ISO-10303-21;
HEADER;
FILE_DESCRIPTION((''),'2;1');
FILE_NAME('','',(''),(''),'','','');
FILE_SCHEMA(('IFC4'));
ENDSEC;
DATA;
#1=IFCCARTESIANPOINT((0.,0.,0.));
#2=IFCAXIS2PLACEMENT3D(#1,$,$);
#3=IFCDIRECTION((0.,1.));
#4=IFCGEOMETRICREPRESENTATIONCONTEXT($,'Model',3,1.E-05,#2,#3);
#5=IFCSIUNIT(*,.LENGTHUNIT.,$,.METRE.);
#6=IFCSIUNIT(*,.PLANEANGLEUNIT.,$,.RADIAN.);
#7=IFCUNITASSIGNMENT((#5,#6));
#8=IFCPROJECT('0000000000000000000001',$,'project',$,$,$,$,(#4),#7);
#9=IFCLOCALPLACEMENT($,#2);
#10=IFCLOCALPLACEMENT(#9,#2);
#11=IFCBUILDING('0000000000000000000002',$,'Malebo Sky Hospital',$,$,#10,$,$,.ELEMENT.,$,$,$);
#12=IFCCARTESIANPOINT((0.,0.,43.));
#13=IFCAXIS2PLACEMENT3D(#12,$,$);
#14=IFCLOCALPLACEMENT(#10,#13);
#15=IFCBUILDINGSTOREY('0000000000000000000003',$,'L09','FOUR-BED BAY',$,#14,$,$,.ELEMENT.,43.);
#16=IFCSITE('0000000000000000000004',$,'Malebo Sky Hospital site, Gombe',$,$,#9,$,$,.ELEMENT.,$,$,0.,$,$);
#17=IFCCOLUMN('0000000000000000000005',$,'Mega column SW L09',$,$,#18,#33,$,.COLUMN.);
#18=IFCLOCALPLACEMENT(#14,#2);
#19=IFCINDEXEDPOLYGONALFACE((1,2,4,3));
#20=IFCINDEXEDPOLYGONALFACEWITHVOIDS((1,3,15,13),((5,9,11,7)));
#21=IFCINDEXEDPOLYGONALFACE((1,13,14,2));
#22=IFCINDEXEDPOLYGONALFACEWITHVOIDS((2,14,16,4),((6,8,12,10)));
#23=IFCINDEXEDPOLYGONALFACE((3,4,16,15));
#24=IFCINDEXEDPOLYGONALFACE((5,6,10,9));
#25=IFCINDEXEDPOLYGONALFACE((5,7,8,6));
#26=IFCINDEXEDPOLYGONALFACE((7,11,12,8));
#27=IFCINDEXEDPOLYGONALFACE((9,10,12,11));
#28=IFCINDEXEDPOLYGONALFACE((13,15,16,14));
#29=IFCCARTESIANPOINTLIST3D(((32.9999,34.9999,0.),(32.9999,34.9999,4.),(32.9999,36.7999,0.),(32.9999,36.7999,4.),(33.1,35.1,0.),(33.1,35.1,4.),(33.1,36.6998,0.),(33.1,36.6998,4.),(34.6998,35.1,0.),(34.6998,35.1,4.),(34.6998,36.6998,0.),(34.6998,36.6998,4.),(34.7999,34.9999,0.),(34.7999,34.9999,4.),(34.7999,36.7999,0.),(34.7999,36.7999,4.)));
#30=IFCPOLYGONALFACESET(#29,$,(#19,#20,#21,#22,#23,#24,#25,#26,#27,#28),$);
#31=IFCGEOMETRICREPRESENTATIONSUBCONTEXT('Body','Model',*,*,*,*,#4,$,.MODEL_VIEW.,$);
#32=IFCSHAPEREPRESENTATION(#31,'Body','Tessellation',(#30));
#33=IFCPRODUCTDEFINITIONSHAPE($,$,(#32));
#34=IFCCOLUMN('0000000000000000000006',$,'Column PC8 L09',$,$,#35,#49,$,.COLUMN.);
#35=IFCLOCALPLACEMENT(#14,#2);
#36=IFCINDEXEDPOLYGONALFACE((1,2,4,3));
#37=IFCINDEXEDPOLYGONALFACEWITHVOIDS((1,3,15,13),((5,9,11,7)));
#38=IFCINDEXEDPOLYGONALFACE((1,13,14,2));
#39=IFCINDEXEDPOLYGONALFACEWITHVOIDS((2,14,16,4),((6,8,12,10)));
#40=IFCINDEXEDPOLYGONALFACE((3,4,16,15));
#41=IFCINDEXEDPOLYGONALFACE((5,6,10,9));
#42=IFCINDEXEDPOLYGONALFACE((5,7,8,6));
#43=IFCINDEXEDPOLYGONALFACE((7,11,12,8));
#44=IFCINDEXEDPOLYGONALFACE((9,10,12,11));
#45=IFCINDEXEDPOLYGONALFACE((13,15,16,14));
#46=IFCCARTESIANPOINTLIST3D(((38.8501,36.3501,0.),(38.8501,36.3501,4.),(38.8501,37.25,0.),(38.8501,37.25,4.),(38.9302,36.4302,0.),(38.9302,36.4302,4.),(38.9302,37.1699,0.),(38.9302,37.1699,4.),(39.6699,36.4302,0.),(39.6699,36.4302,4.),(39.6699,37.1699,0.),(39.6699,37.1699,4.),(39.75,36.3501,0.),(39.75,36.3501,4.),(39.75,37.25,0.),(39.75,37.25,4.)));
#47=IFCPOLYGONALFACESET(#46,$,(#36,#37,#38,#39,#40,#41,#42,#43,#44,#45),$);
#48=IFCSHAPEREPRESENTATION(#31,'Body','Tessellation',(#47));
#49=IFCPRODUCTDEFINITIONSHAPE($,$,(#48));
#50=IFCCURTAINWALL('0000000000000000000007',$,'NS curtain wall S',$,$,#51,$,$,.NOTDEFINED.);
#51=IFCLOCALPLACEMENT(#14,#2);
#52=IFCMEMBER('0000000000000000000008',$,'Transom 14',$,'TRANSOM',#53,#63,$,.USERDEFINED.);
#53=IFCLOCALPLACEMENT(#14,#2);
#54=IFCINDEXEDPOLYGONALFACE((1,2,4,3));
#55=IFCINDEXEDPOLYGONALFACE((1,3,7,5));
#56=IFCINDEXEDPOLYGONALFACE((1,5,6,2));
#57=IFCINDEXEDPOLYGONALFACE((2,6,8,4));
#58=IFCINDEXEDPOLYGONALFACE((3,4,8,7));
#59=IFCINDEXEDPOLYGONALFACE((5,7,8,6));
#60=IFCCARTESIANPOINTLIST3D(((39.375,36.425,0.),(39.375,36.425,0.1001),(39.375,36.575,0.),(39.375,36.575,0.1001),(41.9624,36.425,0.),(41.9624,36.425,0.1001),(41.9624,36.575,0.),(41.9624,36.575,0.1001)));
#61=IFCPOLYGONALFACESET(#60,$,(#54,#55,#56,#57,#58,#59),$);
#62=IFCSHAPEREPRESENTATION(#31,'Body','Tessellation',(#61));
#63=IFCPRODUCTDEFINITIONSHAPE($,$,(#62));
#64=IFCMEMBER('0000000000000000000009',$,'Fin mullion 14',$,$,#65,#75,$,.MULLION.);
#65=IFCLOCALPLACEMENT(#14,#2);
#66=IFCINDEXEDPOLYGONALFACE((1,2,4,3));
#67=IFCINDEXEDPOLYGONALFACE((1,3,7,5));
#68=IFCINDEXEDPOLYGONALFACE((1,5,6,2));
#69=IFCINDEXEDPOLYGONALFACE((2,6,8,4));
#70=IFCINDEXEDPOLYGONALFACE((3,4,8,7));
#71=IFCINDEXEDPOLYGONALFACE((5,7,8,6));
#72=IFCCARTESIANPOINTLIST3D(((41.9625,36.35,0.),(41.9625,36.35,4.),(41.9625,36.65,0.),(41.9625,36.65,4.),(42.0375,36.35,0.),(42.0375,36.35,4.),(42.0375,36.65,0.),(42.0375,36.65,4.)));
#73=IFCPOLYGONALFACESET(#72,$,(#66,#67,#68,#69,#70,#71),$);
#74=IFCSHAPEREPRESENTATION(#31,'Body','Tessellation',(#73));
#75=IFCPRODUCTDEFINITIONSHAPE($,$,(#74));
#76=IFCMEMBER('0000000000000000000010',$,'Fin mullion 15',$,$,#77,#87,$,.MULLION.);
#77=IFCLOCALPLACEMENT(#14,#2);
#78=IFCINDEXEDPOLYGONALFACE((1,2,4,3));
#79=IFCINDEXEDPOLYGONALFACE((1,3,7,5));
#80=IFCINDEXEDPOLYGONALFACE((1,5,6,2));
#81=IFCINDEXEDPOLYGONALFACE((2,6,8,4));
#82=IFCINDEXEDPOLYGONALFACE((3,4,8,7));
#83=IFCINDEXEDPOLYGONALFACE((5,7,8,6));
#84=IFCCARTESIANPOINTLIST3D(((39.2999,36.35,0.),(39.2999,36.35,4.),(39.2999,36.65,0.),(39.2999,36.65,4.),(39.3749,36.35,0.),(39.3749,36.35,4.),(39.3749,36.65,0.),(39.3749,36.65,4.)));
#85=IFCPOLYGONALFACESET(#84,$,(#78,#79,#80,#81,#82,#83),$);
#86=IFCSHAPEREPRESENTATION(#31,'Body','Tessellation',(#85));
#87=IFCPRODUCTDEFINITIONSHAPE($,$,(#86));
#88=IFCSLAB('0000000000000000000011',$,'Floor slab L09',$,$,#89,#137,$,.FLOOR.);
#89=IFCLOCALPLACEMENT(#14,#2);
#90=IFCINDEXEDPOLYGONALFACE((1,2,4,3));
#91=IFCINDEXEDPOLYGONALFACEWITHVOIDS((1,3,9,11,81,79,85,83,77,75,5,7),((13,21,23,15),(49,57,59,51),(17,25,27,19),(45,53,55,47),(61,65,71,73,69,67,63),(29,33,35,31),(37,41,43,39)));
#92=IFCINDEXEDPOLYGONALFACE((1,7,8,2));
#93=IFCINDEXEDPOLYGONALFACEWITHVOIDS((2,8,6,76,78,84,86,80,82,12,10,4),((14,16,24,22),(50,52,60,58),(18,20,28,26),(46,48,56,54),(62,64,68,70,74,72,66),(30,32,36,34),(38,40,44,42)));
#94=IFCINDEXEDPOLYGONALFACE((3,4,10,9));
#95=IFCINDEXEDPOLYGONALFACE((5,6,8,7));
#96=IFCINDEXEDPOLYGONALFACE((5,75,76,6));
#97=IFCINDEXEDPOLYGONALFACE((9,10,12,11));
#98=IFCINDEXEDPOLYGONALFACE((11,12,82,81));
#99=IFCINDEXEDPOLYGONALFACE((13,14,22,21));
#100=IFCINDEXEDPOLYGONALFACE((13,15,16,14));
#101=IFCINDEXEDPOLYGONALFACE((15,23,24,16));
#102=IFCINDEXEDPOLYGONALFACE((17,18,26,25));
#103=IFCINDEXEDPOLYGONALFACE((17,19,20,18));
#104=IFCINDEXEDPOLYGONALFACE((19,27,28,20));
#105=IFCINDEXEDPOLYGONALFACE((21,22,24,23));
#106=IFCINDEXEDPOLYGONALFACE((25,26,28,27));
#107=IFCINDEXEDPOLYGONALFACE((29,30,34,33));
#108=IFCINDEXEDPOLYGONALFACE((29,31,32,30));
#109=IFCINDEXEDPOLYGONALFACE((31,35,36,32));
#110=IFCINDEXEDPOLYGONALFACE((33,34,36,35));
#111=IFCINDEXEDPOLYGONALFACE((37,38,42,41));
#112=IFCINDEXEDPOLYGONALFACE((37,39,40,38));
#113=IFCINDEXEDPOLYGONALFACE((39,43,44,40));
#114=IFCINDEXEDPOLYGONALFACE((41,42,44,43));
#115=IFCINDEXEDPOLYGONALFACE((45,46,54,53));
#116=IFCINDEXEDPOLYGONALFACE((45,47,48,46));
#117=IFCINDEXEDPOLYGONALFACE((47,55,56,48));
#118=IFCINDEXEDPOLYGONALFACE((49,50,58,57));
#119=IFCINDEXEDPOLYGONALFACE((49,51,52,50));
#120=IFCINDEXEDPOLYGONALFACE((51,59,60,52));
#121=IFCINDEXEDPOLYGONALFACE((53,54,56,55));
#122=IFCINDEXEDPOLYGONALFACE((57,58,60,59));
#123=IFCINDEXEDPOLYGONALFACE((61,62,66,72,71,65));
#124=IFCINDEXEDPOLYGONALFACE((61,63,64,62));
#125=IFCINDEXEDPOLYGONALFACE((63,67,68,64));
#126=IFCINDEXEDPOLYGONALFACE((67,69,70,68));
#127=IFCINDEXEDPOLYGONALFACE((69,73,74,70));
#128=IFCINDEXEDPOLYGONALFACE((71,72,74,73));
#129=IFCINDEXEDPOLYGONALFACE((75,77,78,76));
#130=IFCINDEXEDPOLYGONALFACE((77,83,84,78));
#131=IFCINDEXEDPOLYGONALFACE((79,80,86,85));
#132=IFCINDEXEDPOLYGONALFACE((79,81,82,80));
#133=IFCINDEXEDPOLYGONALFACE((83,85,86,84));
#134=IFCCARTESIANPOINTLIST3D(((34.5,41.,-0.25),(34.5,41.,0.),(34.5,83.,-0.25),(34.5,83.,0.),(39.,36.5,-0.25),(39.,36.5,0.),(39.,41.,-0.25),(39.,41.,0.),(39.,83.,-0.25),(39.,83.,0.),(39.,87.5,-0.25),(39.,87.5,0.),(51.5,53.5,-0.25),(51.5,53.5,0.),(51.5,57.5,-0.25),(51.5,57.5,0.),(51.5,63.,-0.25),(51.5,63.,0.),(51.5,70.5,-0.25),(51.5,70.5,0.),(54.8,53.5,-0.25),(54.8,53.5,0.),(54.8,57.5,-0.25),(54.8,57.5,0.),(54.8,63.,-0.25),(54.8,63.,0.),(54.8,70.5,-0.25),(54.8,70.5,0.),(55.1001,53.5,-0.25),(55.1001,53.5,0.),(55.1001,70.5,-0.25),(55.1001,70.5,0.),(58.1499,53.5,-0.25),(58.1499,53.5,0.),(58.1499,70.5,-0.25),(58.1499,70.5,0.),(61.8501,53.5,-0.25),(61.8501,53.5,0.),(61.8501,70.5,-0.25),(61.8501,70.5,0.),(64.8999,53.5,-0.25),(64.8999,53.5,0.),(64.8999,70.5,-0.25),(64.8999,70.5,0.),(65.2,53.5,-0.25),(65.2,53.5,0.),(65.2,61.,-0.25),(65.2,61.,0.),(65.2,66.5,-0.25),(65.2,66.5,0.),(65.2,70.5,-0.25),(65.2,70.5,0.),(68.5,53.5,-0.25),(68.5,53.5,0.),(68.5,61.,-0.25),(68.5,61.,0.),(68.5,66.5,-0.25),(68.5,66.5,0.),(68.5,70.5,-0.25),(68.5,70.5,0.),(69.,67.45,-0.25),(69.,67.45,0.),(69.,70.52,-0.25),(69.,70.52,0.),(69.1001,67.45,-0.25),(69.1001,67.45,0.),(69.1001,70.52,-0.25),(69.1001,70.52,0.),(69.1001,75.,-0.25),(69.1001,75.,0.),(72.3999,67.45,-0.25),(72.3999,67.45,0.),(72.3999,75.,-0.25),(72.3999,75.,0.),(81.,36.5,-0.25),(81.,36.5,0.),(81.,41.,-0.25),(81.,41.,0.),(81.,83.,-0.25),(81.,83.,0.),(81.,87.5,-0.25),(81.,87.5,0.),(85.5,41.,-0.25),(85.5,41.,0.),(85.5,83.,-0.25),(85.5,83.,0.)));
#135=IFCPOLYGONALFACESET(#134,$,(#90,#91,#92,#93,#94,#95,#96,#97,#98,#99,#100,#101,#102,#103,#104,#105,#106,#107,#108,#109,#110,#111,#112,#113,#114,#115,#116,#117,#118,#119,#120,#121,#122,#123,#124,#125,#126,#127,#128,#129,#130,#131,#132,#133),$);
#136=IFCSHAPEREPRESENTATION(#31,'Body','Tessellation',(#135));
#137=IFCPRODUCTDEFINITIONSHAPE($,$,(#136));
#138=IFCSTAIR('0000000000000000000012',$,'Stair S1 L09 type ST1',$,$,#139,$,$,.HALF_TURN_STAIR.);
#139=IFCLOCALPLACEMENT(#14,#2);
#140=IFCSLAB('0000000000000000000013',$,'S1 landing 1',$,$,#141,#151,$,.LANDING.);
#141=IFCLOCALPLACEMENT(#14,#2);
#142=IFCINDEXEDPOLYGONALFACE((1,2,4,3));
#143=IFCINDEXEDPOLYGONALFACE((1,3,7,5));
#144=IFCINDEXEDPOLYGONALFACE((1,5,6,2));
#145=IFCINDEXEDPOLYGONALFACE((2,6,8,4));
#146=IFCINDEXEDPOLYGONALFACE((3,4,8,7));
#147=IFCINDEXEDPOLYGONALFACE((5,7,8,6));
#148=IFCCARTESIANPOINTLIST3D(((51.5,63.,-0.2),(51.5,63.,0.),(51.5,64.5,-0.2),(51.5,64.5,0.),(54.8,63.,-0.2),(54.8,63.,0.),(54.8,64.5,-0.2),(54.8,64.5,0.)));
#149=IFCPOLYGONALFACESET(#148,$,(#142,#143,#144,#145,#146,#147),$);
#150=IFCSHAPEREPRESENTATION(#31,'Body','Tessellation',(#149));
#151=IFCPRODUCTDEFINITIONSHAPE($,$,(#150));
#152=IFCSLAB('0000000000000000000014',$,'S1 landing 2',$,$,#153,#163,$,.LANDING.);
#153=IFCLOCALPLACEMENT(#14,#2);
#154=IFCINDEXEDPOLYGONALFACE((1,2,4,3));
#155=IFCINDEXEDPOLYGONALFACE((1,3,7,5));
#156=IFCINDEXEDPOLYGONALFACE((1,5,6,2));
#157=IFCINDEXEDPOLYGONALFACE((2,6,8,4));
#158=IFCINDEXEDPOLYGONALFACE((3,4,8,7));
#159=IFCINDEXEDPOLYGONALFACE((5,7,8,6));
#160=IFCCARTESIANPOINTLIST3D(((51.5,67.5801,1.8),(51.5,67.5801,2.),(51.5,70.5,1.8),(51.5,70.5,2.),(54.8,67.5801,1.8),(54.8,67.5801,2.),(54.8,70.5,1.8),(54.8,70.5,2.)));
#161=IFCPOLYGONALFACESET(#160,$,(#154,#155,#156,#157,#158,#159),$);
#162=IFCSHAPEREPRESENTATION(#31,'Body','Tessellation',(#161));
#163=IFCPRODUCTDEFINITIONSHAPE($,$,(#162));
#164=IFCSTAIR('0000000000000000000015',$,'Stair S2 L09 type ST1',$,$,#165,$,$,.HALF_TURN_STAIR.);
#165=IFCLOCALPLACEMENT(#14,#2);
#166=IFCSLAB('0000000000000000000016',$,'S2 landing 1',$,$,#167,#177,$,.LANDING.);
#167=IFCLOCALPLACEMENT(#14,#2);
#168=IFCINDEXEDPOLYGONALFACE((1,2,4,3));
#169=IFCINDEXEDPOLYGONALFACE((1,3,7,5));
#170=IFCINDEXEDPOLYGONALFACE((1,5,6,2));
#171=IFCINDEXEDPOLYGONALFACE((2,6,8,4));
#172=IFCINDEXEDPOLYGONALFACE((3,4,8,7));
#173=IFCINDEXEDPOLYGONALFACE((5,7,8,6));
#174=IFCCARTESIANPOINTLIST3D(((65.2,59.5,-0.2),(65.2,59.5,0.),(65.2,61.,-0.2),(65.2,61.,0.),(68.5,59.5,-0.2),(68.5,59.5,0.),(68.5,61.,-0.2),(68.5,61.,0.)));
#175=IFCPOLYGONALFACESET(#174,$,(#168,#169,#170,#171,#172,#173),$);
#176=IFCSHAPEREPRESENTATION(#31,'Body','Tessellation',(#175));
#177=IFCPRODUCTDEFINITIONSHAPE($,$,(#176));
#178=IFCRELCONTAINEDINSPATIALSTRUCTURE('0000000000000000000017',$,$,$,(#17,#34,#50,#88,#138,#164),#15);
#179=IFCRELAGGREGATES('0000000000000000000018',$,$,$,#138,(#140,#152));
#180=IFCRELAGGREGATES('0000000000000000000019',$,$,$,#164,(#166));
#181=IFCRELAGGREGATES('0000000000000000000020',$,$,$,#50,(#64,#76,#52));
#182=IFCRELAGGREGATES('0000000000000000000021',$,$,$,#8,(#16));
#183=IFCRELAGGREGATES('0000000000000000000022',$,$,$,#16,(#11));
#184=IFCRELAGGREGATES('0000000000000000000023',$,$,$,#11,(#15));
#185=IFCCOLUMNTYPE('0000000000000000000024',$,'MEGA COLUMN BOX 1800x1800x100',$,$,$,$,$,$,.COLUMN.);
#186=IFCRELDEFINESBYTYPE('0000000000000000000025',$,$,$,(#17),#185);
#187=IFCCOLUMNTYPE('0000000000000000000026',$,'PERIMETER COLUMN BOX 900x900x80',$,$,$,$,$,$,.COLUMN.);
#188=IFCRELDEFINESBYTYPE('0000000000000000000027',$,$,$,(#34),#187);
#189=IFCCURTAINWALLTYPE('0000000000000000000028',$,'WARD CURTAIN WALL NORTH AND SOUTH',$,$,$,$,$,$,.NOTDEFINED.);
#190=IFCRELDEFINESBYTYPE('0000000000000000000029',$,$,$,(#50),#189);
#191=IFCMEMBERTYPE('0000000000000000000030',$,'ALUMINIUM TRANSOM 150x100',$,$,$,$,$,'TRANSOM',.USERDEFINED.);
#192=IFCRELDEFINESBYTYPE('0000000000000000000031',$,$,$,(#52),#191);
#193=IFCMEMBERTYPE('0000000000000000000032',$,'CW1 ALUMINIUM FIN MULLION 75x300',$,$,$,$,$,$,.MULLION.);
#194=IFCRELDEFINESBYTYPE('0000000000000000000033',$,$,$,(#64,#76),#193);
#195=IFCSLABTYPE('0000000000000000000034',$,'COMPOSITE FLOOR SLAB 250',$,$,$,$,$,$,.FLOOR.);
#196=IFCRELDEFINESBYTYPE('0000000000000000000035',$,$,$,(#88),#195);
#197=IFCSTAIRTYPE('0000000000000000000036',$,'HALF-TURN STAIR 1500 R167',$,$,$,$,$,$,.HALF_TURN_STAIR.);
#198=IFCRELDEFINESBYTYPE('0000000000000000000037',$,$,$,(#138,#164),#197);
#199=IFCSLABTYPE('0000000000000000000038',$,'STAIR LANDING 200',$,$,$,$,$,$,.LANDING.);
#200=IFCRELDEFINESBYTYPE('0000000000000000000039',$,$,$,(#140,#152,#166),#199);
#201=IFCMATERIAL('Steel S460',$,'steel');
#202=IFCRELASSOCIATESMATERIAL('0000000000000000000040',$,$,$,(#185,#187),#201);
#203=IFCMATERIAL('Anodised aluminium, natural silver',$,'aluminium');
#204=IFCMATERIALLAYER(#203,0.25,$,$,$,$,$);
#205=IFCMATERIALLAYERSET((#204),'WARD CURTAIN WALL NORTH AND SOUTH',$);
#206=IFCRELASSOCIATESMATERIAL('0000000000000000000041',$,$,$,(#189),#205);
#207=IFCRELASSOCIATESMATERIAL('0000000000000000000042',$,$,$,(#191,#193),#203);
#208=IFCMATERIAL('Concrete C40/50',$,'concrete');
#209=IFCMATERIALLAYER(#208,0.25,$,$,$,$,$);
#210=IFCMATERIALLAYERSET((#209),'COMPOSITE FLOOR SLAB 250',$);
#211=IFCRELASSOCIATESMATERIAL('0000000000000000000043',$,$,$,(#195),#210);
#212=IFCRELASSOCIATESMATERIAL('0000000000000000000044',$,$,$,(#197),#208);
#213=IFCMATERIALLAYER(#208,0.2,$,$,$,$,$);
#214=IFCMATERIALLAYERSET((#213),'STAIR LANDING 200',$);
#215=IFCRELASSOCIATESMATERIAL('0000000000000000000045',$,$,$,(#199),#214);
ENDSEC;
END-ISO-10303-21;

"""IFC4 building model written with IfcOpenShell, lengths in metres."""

from ifc_helpers import new_model, si_unit, direction, frame, origin, origin_2d, place, context, subcontext, project, spatial, polyline, rectangle, hollow_rectangle, outline, extrude, material, layer, layer_set, material_profile, profile_set, type_object, element, aggregate, save


model = new_model("IFC4")

# Units and contexts
model_context = context("Model", 3, precision=1e-05, world=origin(), true_north=direction((0.0, 1.0)))
body_context = subcontext(model_context, "Body", "Model", "MODEL_VIEW")
ifc_project = project(units=[si_unit("LENGTHUNIT", "METRE"), si_unit("PLANEANGLEUNIT", "RADIAN")], contexts=[model_context])

# Site, building, storey
site_placement = place(None, origin())
site = spatial("IfcSite", under=ifc_project, at=site_placement, Name="Malebo Sky Hospital site, Gombe", CompositionType="ELEMENT", RefElevation=0.0)
building_placement = place(site_placement, origin())
building = spatial("IfcBuilding", under=site, at=building_placement, Name="Malebo Sky Hospital", CompositionType="ELEMENT")
storey_placement = place(building_placement, frame((0.0, 0.0, 43.0)))
storey = spatial("IfcBuildingStorey", under=building, at=storey_placement, Name="L09", Description="FOUR-BED BAY", CompositionType="ELEMENT", Elevation=43.0)

# Columns
ifc_material_1 = material(Name="Steel S460", Category="steel")
ifc_material_profile_1 = material_profile(ifc_material_1, hollow_rectangle(XDim=1.8, YDim=1.8, WallThickness=0.1001, at=origin_2d()), Name="BOX 1800x1800x100")
ifc_profile_set_1 = profile_set([ifc_material_profile_1], Name="Steel S460")
column_type_1 = type_object("IfcColumnType", Name="MEGA COLUMN BOX 1800x1800x100", PredefinedType="COLUMN", material=ifc_profile_set_1)
column_1_placement = place(storey_placement, frame((33.8999, 35.8999, 0.0), z_axis=(0.0, 0.0, 1.0), x_axis=(1.0, 0.0, 0.0)))
element("IfcColumn", 1, at=column_1_placement, inside=storey, type_object=column_type_1, Name="Mega column SW L09", PredefinedType="COLUMN", context=body_context, shape_type="SweptSolid", body=[
    extrude(hollow_rectangle(XDim=1.8, YDim=1.8, WallThickness=0.1001, at=origin_2d()), origin(), (0.0, 0.0, 1.0), 4.0),
])
ifc_material_profile_2 = material_profile(ifc_material_1, hollow_rectangle(XDim=0.8999, YDim=0.8999, WallThickness=0.0801, at=origin_2d()), Name="BOX 900x900x80")
ifc_profile_set_2 = profile_set([ifc_material_profile_2], Name="Steel S460")
column_type_2 = type_object("IfcColumnType", Name="PERIMETER COLUMN BOX 900x900x80", PredefinedType="COLUMN", material=ifc_profile_set_2)
column_2_placement = place(storey_placement, frame((39.3, 36.8, 0.0), z_axis=(0.0, 0.0, 1.0), x_axis=(1.0, 0.0, 0.0)))
element("IfcColumn", 2, at=column_2_placement, inside=storey, type_object=column_type_2, Name="Column PC8 L09", PredefinedType="COLUMN", context=body_context, shape_type="SweptSolid", body=[
    extrude(hollow_rectangle(XDim=0.8999, YDim=0.8999, WallThickness=0.0801, at=origin_2d()), origin(), (0.0, 0.0, 1.0), 4.0),
])

# Curtain wall, members
ifc_material_2 = material(Name="Anodised aluminium, natural silver", Category="aluminium")
ifc_layer_1 = layer(ifc_material_2, 0.25)
ifc_layer_set_1 = layer_set([ifc_layer_1], Name="WARD CURTAIN WALL NORTH AND SOUTH")
curtain_wall_type = type_object("IfcCurtainWallType", Name="WARD CURTAIN WALL NORTH AND SOUTH", PredefinedType="NOTDEFINED", material=ifc_layer_set_1)
curtain_wall_placement = place(storey_placement, origin())
curtain_wall = element("IfcCurtainWall", 3, at=curtain_wall_placement, inside=storey, type_object=curtain_wall_type, Name="NS curtain wall S", PredefinedType="NOTDEFINED")
ifc_material_profile_3 = material_profile(ifc_material_2, rectangle(XDim=0.1499, YDim=0.1001, at=origin_2d()), Name="ALUMINIUM TRANSOM 150x100")
ifc_profile_set_3 = profile_set([ifc_material_profile_3], Name="Anodised aluminium, natural silver")
member_type_1 = type_object("IfcMemberType", Name="ALUMINIUM TRANSOM 150x100", ElementType="TRANSOM", PredefinedType="USERDEFINED", material=ifc_profile_set_3)
member_1_placement = place(storey_placement, frame((41.9624, 36.5, 0.05), z_axis=(-1.0, 0.0, 0.0), x_axis=(0.0, -1.0, 0.0)))
member_1 = element("IfcMember", 4, at=member_1_placement, type_object=member_type_1, Name="Transom 14", ObjectType="TRANSOM", PredefinedType="USERDEFINED", context=body_context, shape_type="SweptSolid", body=[
    extrude(rectangle(XDim=0.1499, YDim=0.1001, at=origin_2d()), origin(), (0.0, 0.0, 1.0), 2.5874),
])
ifc_material_profile_4 = material_profile(ifc_material_2, rectangle(XDim=0.075, YDim=0.3, at=origin_2d()), Name="CW1 ALUMINIUM FIN MULLION 75x300")
ifc_profile_set_4 = profile_set([ifc_material_profile_4], Name="Anodised aluminium, natural silver")
member_type_2 = type_object("IfcMemberType", Name="CW1 ALUMINIUM FIN MULLION 75x300", PredefinedType="MULLION", material=ifc_profile_set_4)
member_2_placement = place(storey_placement, frame((42.0, 36.5, 0.0), z_axis=(0.0, 0.0, 1.0), x_axis=(-1.0, 0.0, 0.0)))
member_2 = element("IfcMember", 5, at=member_2_placement, type_object=member_type_2, Name="Fin mullion 14", PredefinedType="MULLION", context=body_context, shape_type="SweptSolid", body=[
    extrude(rectangle(XDim=0.075, YDim=0.3, at=origin_2d()), origin(), (0.0, 0.0, 1.0), 4.0),
])
member_3_placement = place(storey_placement, frame((39.3374, 36.5, 0.0), z_axis=(0.0, 0.0, 1.0), x_axis=(-1.0, 0.0, 0.0)))
member_3 = element("IfcMember", 6, at=member_3_placement, type_object=member_type_2, Name="Fin mullion 15", PredefinedType="MULLION", context=body_context, shape_type="SweptSolid", body=[
    extrude(rectangle(XDim=0.075, YDim=0.3, at=origin_2d()), origin(), (0.0, 0.0, 1.0), 4.0),
])

# Slab
ifc_material_3 = material(Name="Concrete C40/50", Category="concrete")
ifc_layer_2 = layer(ifc_material_3, 0.25)
ifc_layer_set_2 = layer_set([ifc_layer_2], Name="COMPOSITE FLOOR SLAB 250")
slab_type_1 = type_object("IfcSlabType", Name="COMPOSITE FLOOR SLAB 250", PredefinedType="FLOOR", material=ifc_layer_set_2)
slab_1_placement = place(storey_placement, frame((0.0, 0.0, -0.25)))
element("IfcSlab", 7, at=slab_1_placement, inside=storey, type_object=slab_type_1, Name="Floor slab L09", PredefinedType="FLOOR", context=body_context, shape_type="SweptSolid", body=[
    extrude(outline(polyline([(39.0, 87.5), (39.0, 83.0), (34.5, 83.0), (34.5, 41.0), (39.0, 41.0), (39.0, 36.5), (81.0, 36.5), (81.0, 41.0), (85.5, 41.0), (85.5, 83.0), (81.0, 83.0), (81.0, 87.5), (39.0, 87.5)]), holes=[polyline([(55.1001, 70.5), (58.1499, 70.5), (58.1499, 53.5), (55.1001, 53.5), (55.1001, 70.5)]), polyline([(64.8999, 70.5), (64.8999, 53.5), (61.8501, 53.5), (61.8501, 70.5), (64.8999, 70.5)]), polyline([(54.8, 63.0), (51.5, 63.0), (51.5, 70.5), (54.8, 70.5), (54.8, 63.0)]), polyline([(51.5, 53.5), (51.5, 57.5), (54.8, 57.5), (54.8, 53.5), (51.5, 53.5)]), polyline([(65.2, 61.0), (68.5, 61.0), (68.5, 53.5), (65.2, 53.5), (65.2, 61.0)]), polyline([(68.5, 70.5), (68.5, 66.5), (65.2, 66.5), (65.2, 70.5), (68.5, 70.5)]), polyline([(69.0, 67.45), (69.0, 70.52), (69.1001, 70.52), (69.1001, 75.0), (72.3999, 75.0), (72.3999, 67.45), (69.1001, 67.45), (69.0, 67.45)])]), origin(), (0.0, 0.0, 1.0), 0.25),
])

# Stairs, slabs
stair_type_1 = type_object("IfcStairType", Name="HALF-TURN STAIR 1500 R167", PredefinedType="HALF_TURN_STAIR", material=ifc_material_3)
stair_1_placement = place(storey_placement, origin())
stair_1 = element("IfcStair", 8, at=stair_1_placement, inside=storey, type_object=stair_type_1, Name="Stair S1 L09 type ST1", PredefinedType="HALF_TURN_STAIR")
ifc_layer_3 = layer(ifc_material_3, 0.2)
ifc_layer_set_3 = layer_set([ifc_layer_3], Name="STAIR LANDING 200")
slab_type_2 = type_object("IfcSlabType", Name="STAIR LANDING 200", PredefinedType="LANDING", material=ifc_layer_set_3)
slab_2_placement = place(storey_placement, frame((0.0, 0.0, -0.2)))
slab_2 = element("IfcSlab", 9, at=slab_2_placement, type_object=slab_type_2, Name="S1 landing 1", PredefinedType="LANDING", context=body_context, shape_type="SweptSolid", body=[
    extrude(outline(polyline([(51.5, 63.0), (54.8, 63.0), (54.8, 64.5), (51.5, 64.5), (51.5, 63.0)])), origin(), (0.0, 0.0, 1.0), 0.2),
])
slab_3_placement = place(storey_placement, frame((0.0, 0.0, 1.8)))
slab_3 = element("IfcSlab", 10, at=slab_3_placement, type_object=slab_type_2, Name="S1 landing 2", PredefinedType="LANDING", context=body_context, shape_type="SweptSolid", body=[
    extrude(outline(polyline([(51.5, 67.5801), (54.8, 67.5801), (54.8, 70.5), (51.5, 70.5), (51.5, 67.5801)])), origin(), (0.0, 0.0, 1.0), 0.2),
])
aggregate(stair_1, [slab_2, slab_3])
stair_2_placement = place(storey_placement, origin())
stair_2 = element("IfcStair", 11, at=stair_2_placement, inside=storey, type_object=stair_type_1, Name="Stair S2 L09 type ST1", PredefinedType="HALF_TURN_STAIR")
slab_4_placement = place(storey_placement, frame((0.0, 0.0, -0.2)))
slab_4 = element("IfcSlab", 12, at=slab_4_placement, type_object=slab_type_2, Name="S2 landing 1", PredefinedType="LANDING", context=body_context, shape_type="SweptSolid", body=[
    extrude(outline(polyline([(65.2, 59.5), (68.5, 59.5), (68.5, 61.0), (65.2, 61.0), (65.2, 59.5)])), origin(), (0.0, 0.0, 1.0), 0.2),
])
aggregate(stair_2, [slab_4])

aggregate(curtain_wall, [member_2, member_3, member_1])

save(model, "model.ifc")
